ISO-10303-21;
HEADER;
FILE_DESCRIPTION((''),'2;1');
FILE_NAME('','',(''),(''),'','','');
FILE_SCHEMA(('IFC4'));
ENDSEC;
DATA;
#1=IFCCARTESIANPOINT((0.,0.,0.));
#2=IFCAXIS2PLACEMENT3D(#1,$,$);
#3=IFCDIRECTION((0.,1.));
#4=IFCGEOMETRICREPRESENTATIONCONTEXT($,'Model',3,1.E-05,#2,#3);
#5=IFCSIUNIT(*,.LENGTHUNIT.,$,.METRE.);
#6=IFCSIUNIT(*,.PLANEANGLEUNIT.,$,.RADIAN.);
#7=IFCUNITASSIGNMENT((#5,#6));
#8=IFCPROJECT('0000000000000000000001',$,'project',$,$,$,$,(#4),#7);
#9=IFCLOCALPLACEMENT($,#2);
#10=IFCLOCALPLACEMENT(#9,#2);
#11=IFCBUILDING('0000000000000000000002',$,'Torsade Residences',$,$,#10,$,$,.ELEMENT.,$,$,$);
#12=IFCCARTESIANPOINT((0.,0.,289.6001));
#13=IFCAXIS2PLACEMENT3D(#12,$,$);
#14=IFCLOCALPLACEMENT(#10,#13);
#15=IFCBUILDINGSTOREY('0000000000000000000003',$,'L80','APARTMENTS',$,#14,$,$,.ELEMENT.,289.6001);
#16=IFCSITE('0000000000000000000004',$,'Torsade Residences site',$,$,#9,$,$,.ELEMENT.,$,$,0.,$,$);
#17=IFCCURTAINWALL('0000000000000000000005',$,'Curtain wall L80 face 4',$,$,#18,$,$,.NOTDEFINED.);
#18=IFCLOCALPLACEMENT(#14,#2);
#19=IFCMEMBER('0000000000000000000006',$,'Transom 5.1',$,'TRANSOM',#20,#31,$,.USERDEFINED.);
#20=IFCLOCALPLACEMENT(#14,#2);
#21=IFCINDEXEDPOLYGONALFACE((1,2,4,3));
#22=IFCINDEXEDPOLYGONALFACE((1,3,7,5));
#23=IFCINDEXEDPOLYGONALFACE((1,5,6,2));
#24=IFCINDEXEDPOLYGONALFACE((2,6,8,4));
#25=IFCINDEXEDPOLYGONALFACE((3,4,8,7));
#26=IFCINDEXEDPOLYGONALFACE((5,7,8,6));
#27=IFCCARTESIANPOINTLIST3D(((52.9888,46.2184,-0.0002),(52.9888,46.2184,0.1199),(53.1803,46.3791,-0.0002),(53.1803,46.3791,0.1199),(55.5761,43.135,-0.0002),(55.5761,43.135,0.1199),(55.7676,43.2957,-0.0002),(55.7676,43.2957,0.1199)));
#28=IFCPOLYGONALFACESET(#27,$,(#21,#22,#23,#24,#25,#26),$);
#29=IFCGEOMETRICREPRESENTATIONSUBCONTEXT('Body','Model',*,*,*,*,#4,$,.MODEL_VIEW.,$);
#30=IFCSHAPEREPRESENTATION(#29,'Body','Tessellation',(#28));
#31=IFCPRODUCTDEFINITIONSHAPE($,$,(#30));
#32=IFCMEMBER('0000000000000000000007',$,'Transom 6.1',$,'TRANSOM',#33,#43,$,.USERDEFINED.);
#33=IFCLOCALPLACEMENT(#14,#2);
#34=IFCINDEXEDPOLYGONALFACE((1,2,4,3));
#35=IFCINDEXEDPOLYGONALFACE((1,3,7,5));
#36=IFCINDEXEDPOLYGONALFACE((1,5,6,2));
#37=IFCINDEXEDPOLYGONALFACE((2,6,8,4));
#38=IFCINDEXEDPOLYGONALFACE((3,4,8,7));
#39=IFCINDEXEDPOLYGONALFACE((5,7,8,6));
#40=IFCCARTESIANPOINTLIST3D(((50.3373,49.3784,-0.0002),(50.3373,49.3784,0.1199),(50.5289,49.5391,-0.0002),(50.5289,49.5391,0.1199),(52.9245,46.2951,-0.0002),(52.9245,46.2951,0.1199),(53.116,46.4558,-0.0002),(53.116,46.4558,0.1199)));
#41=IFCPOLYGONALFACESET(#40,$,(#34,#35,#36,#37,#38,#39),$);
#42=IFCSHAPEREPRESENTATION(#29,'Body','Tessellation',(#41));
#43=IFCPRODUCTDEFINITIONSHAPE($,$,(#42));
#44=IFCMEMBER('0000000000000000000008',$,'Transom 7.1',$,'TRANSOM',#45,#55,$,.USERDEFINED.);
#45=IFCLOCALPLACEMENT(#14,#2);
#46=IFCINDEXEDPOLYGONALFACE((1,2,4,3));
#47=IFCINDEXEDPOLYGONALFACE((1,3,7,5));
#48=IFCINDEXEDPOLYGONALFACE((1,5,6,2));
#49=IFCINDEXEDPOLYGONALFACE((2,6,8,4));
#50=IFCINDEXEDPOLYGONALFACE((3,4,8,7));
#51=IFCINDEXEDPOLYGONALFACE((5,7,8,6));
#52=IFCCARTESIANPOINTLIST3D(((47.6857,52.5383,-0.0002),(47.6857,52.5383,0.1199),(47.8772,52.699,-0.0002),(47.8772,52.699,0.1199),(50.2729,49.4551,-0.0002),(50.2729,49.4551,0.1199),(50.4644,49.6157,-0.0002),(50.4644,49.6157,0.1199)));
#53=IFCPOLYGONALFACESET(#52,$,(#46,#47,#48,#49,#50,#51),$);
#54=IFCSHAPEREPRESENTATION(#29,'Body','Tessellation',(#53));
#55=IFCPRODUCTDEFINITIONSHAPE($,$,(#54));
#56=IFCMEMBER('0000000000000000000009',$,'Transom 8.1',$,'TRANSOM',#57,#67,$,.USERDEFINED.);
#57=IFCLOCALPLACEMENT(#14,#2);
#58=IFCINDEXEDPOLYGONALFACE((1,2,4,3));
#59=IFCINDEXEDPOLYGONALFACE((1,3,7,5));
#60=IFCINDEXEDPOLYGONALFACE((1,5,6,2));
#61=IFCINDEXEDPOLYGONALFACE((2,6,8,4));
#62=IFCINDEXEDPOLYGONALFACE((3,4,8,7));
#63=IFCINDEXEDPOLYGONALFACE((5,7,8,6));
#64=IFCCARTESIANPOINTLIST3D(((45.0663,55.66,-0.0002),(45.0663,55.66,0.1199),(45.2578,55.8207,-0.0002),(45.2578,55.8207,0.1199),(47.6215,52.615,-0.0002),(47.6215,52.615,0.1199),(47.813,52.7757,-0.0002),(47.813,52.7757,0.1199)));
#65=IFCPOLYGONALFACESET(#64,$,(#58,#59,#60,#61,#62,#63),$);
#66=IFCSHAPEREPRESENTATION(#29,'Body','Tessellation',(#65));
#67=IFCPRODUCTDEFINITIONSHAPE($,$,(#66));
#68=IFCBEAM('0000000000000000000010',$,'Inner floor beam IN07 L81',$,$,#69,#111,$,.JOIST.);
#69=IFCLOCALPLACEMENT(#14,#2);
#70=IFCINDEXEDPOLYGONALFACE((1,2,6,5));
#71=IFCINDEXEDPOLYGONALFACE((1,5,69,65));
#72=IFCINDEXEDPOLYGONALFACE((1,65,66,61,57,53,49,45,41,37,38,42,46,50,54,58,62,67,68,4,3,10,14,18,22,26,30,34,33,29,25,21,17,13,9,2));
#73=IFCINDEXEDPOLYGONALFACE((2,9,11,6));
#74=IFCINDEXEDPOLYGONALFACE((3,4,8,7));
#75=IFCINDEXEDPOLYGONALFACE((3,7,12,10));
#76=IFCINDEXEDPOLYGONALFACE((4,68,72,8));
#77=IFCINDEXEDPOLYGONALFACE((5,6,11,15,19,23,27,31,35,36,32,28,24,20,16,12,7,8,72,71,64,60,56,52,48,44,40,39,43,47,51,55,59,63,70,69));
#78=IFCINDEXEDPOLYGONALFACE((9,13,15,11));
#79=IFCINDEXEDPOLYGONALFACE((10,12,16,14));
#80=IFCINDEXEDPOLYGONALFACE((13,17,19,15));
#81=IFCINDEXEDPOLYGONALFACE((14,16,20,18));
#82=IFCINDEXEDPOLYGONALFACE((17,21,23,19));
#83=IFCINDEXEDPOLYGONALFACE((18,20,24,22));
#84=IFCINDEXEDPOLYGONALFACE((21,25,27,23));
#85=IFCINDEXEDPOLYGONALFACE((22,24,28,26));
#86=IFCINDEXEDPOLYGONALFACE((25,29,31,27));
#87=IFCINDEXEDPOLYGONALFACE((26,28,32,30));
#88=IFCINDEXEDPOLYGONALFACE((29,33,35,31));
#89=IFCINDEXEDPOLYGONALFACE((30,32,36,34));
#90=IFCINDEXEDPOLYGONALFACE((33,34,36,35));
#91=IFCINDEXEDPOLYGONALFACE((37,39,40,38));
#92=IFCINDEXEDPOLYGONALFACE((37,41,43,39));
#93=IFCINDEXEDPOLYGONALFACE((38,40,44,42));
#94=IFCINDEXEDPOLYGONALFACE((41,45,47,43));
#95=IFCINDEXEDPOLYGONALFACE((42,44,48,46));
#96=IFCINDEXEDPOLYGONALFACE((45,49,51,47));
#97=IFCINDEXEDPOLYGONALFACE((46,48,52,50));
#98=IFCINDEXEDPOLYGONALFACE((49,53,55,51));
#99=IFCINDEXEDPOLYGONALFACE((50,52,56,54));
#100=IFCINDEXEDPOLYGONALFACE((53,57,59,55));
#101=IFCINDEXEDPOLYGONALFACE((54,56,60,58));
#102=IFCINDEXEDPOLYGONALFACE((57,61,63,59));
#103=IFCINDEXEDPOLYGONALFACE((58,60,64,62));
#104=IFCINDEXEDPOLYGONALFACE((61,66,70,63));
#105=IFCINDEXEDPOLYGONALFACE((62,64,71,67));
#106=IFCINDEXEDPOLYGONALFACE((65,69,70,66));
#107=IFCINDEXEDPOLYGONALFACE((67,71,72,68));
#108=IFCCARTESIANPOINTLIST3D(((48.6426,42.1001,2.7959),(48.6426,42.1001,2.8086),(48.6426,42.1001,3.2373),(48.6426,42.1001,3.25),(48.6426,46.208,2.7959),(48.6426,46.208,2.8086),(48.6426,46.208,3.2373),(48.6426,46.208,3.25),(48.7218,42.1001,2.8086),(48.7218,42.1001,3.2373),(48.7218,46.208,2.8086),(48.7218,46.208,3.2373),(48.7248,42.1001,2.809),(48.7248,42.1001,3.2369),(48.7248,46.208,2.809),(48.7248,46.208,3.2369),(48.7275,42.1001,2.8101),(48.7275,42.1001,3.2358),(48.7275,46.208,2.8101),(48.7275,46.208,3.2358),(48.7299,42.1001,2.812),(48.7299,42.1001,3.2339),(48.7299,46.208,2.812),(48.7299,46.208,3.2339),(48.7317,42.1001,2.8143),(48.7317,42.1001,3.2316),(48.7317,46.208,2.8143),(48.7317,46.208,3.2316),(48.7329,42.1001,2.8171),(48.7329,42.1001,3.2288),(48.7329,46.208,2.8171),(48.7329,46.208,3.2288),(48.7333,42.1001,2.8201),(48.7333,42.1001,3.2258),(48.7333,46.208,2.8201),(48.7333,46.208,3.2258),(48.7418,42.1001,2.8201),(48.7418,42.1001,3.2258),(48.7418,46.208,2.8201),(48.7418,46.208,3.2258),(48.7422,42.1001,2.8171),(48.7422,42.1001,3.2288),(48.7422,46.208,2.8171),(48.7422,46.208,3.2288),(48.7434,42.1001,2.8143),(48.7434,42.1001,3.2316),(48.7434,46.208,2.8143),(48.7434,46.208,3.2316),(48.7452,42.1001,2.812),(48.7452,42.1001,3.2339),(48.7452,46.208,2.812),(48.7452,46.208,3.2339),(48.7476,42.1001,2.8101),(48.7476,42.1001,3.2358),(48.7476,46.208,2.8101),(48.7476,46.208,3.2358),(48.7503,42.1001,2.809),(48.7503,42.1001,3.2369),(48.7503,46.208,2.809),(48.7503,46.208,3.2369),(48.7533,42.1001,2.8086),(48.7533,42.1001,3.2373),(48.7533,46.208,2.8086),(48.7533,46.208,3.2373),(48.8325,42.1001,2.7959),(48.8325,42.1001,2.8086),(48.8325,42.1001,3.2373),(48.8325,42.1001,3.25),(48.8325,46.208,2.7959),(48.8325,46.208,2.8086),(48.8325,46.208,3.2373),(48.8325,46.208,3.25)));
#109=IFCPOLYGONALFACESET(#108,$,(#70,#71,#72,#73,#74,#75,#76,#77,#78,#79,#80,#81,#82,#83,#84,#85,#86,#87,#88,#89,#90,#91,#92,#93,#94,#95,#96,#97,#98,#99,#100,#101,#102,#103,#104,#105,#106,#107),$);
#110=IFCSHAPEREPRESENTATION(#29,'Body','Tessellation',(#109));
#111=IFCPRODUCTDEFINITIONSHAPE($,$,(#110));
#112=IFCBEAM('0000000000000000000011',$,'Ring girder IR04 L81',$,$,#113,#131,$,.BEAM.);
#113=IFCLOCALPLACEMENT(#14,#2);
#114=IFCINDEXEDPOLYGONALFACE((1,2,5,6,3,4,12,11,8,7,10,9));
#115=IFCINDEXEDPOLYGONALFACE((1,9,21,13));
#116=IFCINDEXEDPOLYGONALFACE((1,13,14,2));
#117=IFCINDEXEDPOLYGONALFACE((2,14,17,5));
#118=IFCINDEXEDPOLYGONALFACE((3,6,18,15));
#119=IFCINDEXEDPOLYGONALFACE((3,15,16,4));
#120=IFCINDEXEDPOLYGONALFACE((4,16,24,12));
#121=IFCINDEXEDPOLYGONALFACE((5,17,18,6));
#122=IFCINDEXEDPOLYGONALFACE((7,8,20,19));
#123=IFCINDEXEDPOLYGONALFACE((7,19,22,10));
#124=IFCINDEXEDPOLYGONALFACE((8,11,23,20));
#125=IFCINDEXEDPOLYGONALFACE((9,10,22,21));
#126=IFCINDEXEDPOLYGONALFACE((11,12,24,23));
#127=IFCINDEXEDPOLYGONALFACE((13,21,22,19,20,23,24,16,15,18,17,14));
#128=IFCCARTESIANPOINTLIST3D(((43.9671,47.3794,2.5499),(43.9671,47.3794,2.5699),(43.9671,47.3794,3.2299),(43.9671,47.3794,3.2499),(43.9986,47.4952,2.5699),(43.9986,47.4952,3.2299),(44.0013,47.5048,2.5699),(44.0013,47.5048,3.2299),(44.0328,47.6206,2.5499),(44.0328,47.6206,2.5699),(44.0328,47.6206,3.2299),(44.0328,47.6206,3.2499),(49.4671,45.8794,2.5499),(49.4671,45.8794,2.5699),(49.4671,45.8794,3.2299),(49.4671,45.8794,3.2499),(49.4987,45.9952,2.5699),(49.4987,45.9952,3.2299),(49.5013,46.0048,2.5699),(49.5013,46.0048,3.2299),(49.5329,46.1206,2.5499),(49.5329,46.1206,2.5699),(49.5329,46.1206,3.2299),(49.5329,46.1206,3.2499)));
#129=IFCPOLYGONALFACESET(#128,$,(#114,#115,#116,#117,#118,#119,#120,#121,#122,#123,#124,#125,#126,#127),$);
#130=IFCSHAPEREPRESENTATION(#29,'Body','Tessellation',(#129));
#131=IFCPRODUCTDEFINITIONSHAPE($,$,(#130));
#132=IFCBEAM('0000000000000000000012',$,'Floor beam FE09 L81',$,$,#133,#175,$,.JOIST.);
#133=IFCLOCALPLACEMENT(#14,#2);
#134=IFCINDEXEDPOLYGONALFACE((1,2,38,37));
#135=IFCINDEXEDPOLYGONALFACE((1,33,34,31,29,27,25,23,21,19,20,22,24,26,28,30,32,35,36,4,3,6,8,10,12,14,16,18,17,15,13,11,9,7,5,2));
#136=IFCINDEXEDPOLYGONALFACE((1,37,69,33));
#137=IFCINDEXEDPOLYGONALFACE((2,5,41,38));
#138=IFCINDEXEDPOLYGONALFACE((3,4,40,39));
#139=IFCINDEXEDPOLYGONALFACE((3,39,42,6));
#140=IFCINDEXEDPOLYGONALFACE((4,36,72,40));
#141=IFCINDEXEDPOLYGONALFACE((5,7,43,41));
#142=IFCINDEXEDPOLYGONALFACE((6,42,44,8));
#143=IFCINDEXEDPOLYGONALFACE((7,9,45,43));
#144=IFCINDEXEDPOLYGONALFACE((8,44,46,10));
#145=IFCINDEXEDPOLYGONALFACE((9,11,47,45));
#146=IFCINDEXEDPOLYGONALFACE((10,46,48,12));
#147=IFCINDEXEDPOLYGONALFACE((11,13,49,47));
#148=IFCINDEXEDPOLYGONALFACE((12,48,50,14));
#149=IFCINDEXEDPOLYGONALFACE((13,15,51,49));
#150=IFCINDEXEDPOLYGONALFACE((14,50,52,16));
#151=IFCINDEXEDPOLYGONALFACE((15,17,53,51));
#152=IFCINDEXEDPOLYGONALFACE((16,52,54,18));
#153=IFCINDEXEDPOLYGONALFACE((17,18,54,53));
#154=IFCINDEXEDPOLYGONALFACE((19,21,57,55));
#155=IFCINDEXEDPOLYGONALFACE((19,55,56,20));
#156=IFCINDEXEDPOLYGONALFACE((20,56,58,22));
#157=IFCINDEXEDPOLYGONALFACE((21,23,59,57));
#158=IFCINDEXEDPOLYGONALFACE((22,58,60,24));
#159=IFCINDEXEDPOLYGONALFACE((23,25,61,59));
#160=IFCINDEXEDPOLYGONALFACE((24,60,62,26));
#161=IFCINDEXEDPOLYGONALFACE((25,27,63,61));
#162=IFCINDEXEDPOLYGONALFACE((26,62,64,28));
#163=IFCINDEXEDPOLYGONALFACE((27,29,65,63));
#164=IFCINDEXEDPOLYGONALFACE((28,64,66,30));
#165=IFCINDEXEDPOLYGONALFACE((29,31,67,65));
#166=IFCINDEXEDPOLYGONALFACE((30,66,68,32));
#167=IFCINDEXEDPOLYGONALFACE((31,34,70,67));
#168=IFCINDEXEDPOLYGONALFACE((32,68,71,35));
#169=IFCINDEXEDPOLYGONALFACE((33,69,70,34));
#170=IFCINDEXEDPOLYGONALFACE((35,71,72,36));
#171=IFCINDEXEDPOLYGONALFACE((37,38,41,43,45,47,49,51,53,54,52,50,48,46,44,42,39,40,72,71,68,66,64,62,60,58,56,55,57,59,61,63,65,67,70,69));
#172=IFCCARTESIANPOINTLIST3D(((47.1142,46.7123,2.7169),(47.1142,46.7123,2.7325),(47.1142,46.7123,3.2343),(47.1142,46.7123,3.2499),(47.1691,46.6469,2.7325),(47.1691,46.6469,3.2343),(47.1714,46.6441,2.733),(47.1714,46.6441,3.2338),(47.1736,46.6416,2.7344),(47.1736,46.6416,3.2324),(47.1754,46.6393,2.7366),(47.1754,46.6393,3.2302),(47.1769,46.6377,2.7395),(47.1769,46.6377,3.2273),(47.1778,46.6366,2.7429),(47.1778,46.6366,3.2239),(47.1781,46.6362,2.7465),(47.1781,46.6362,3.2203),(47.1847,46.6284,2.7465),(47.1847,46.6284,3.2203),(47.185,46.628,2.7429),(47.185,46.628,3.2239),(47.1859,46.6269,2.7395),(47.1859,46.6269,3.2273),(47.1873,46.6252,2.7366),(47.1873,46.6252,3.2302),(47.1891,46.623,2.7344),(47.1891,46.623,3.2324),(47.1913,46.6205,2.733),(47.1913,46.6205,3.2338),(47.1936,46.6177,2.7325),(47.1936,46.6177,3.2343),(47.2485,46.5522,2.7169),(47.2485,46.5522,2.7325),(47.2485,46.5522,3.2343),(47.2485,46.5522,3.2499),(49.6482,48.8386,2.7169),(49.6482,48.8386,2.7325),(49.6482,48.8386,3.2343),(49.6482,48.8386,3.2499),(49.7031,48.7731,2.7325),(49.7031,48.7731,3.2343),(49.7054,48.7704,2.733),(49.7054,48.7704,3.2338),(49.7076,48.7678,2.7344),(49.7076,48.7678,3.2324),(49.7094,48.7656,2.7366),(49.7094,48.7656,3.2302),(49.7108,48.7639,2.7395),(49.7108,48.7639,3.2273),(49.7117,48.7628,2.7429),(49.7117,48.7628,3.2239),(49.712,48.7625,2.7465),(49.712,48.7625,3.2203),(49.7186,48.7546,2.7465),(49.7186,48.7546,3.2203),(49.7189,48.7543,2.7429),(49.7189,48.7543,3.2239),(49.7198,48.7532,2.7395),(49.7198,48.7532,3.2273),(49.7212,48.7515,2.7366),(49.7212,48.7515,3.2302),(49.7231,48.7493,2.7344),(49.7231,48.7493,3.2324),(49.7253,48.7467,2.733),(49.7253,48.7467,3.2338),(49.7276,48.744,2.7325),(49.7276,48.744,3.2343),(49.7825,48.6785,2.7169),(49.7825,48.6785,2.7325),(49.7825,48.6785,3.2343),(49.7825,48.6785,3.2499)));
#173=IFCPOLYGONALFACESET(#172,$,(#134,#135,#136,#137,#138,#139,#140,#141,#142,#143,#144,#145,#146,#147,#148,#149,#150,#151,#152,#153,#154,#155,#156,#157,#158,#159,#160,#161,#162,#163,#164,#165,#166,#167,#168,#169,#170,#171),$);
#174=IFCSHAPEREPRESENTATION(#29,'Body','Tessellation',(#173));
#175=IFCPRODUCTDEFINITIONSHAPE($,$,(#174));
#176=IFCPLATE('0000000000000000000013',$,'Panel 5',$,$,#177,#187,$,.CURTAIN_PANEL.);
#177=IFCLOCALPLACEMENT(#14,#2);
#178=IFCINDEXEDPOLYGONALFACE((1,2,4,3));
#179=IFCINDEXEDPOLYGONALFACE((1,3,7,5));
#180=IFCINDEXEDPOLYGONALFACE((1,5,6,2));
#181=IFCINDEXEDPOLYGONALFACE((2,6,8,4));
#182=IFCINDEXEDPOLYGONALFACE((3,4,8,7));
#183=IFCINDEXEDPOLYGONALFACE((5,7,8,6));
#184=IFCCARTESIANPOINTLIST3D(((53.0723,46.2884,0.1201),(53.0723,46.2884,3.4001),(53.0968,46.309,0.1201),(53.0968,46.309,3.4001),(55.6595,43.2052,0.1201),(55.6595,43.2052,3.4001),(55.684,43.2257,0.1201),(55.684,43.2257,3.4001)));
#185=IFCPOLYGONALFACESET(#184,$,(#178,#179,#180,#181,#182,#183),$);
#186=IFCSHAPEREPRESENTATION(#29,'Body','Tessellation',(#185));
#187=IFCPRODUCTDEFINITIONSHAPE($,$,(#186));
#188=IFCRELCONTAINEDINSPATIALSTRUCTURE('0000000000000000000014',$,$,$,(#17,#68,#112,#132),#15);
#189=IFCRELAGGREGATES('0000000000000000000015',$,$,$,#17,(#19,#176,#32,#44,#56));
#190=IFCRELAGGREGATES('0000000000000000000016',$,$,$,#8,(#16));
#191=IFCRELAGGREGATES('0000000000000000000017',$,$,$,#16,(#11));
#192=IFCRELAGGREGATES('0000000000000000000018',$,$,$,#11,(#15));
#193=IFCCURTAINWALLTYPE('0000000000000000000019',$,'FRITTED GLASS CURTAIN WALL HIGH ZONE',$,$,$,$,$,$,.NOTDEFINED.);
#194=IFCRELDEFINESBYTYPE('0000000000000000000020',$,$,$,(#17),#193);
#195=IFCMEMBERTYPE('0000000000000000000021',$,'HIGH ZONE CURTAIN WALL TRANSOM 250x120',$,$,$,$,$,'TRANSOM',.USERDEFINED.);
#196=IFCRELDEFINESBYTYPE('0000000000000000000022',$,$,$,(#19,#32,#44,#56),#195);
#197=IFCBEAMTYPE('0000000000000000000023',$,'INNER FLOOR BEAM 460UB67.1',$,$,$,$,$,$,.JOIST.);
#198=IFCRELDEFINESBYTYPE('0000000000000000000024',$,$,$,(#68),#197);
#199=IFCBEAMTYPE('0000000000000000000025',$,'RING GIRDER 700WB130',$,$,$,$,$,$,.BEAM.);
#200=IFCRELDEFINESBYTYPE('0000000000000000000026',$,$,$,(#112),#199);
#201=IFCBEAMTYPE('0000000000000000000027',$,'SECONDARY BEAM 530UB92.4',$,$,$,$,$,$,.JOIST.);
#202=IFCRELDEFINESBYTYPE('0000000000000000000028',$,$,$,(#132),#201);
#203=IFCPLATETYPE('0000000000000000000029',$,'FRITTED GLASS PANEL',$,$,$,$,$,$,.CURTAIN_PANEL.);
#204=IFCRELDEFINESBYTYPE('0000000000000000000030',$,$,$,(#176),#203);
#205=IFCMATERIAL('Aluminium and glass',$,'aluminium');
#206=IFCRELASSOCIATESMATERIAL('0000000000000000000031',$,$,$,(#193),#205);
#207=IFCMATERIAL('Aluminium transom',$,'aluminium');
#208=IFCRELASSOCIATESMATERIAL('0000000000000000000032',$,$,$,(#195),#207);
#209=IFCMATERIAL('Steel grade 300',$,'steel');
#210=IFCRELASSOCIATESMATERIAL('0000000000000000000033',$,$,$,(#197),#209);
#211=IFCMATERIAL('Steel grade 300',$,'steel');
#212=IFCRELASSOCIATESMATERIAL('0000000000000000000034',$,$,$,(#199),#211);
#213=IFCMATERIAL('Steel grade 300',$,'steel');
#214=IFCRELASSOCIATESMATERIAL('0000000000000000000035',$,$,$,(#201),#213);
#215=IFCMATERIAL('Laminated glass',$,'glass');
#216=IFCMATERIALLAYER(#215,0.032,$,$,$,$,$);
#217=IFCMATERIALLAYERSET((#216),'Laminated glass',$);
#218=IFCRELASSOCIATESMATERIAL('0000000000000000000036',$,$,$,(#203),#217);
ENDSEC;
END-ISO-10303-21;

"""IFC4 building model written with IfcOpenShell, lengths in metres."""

from ifc_helpers import new_model, si_unit, direction, frame, origin, origin_2d, place, context, subcontext, project, spatial, rectangle, i_section, extrude, material, layer, layer_set, material_profile, profile_set, type_object, element, aggregate, save


model = new_model("IFC4")

# Units and contexts
model_context = context("Model", 3, precision=1e-05, world=origin(), true_north=direction((0.0, 1.0)))
body_context = subcontext(model_context, "Body", "Model", "MODEL_VIEW")
ifc_project = project(units=[si_unit("LENGTHUNIT", "METRE"), si_unit("PLANEANGLEUNIT", "RADIAN")], contexts=[model_context])

# Site, building, storey
site_placement = place(None, origin())
site = spatial("IfcSite", under=ifc_project, at=site_placement, Name="Torsade Residences site", CompositionType="ELEMENT", RefElevation=0.0)
building_placement = place(site_placement, origin())
building = spatial("IfcBuilding", under=site, at=building_placement, Name="Torsade Residences", CompositionType="ELEMENT")
storey_placement = place(building_placement, frame((0.0, 0.0, 289.6001)))
storey = spatial("IfcBuildingStorey", under=building, at=storey_placement, Name="L80", Description="APARTMENTS", CompositionType="ELEMENT", Elevation=289.6001)

# Curtain wall, members
ifc_material_1 = material(Name="Aluminium and glass", Category="aluminium")
curtain_wall_type = type_object("IfcCurtainWallType", Name="FRITTED GLASS CURTAIN WALL HIGH ZONE", PredefinedType="NOTDEFINED", material=ifc_material_1)
curtain_wall_placement = place(storey_placement, origin())
curtain_wall = element("IfcCurtainWall", 1, at=curtain_wall_placement, inside=storey, type_object=curtain_wall_type, Name="Curtain wall L80 face 4", PredefinedType="NOTDEFINED")
ifc_material_2 = material(Name="Aluminium transom", Category="aluminium")
ifc_material_profile_1 = material_profile(ifc_material_2, rectangle(XDim=0.25, YDim=0.1201, at=origin_2d()), Name="HIGH ZONE CURTAIN WALL TRANSOM 250x120")
ifc_profile_set_1 = profile_set([ifc_material_profile_1], Name="Aluminium transom")
member_type_1 = type_object("IfcMemberType", Name="HIGH ZONE CURTAIN WALL TRANSOM 250x120", ElementType="TRANSOM", PredefinedType="USERDEFINED", material=ifc_profile_set_1)
member_1_placement = place(storey_placement, frame((55.6719, 43.2153, 0.0598), z_axis=(-0.642794, 0.766039, 0.0), x_axis=(-0.766039, -0.642794, 0.0)))
member_1 = element("IfcMember", 2, at=member_1_placement, type_object=member_type_1, Name="Transom 5.1", ObjectType="TRANSOM", PredefinedType="USERDEFINED", context=body_context, shape_type="SweptSolid", body=[
    extrude(rectangle(XDim=0.25, YDim=0.1201, at=origin_2d()), origin(), (0.0, 0.0, 1.0), 4.0251),
])
member_2_placement = place(storey_placement, frame((53.0203, 46.3755, 0.0598), z_axis=(-0.642788, 0.766044, 0.0), x_axis=(-0.766044, -0.642788, 0.0)))
member_2 = element("IfcMember", 3, at=member_2_placement, type_object=member_type_1, Name="Transom 6.1", ObjectType="TRANSOM", PredefinedType="USERDEFINED", context=body_context, shape_type="SweptSolid", body=[
    extrude(rectangle(XDim=0.25, YDim=0.1201, at=origin_2d()), origin(), (0.0, 0.0, 1.0), 4.0249),
])
member_3_placement = place(storey_placement, frame((50.3687, 49.5354, 0.0598), z_axis=(-0.642788, 0.766044, 0.0), x_axis=(-0.766044, -0.642788, 0.0)))
member_3 = element("IfcMember", 4, at=member_3_placement, type_object=member_type_1, Name="Transom 7.1", ObjectType="TRANSOM", PredefinedType="USERDEFINED", context=body_context, shape_type="SweptSolid", body=[
    extrude(rectangle(XDim=0.25, YDim=0.1201, at=origin_2d()), origin(), (0.0, 0.0, 1.0), 4.0249),
])
member_4_placement = place(storey_placement, frame((47.7173, 52.6953, 0.0598), z_axis=(-0.642815, 0.766022, 0.0), x_axis=(-0.766022, -0.642815, 0.0)))
member_4 = element("IfcMember", 5, at=member_4_placement, type_object=member_type_1, Name="Transom 8.1", ObjectType="TRANSOM", PredefinedType="USERDEFINED", context=body_context, shape_type="SweptSolid", body=[
    extrude(rectangle(XDim=0.25, YDim=0.1201, at=origin_2d()), origin(), (0.0, 0.0, 1.0), 3.9751),
])

# Beams
ifc_material_3 = material(Name="Steel grade 300", Category="steel")
ifc_material_profile_2 = material_profile(ifc_material_3, i_section(OverallWidth=0.1899, OverallDepth=0.4541, WebThickness=0.0085, FlangeThickness=0.0127, FilletRadius=0.0115, at=origin_2d()), Name="460UB67.1")
ifc_profile_set_2 = profile_set([ifc_material_profile_2], Name="Steel grade 300")
beam_type_1 = type_object("IfcBeamType", Name="INNER FLOOR BEAM 460UB67.1", PredefinedType="JOIST", material=ifc_profile_set_2)
beam_1_placement = place(storey_placement, frame((48.7375, 42.1001, 3.0229), z_axis=(0.0, 1.0, 0.0), x_axis=(-1.0, 0.0, 0.0)))
element("IfcBeam", 6, at=beam_1_placement, inside=storey, type_object=beam_type_1, Name="Inner floor beam IN07 L81", PredefinedType="JOIST", context=body_context, shape_type="SweptSolid", body=[
    extrude(i_section(OverallWidth=0.1899, OverallDepth=0.4541, WebThickness=0.0085, FlangeThickness=0.0127, FilletRadius=0.0115, at=origin_2d()), origin(), (0.0, 0.0, 1.0), 4.1079),
])
ifc_material_4 = material(Name="Steel grade 300", Category="steel")
ifc_material_profile_3 = material_profile(ifc_material_4, i_section(OverallWidth=0.25, OverallDepth=0.7, WebThickness=0.01, FlangeThickness=0.02, at=origin_2d()), Name="700WB130")
ifc_profile_set_3 = profile_set([ifc_material_profile_3], Name="Steel grade 300")
beam_type_2 = type_object("IfcBeamType", Name="RING GIRDER 700WB130", PredefinedType="BEAM", material=ifc_profile_set_3)
beam_2_placement = place(storey_placement, frame((49.5, 46.0, 2.8999), z_axis=(-0.964764, 0.263117, 0.0), x_axis=(-0.263117, -0.964764, 0.0)))
element("IfcBeam", 7, at=beam_2_placement, inside=storey, type_object=beam_type_2, Name="Ring girder IR04 L81", PredefinedType="BEAM", context=body_context, shape_type="SweptSolid", body=[
    extrude(i_section(OverallWidth=0.25, OverallDepth=0.7, WebThickness=0.01, FlangeThickness=0.02, at=origin_2d()), origin(), (0.0, 0.0, 1.0), 5.7009),
])
ifc_material_5 = material(Name="Steel grade 300", Category="steel")
ifc_material_profile_4 = material_profile(ifc_material_5, i_section(OverallWidth=0.209, OverallDepth=0.533, WebThickness=0.0103, FlangeThickness=0.0156, FilletRadius=0.0139, at=origin_2d()), Name="530UB92.4")
ifc_profile_set_4 = profile_set([ifc_material_profile_4], Name="Steel grade 300")
beam_type_3 = type_object("IfcBeamType", Name="SECONDARY BEAM 530UB92.4", PredefinedType="JOIST", material=ifc_profile_set_4)
beam_3_placement = place(storey_placement, frame((49.7153, 48.7585, 2.9834), z_axis=(-0.766045, -0.642787, 0.0), x_axis=(0.642787, -0.766045, 0.0)))
element("IfcBeam", 8, at=beam_3_placement, inside=storey, type_object=beam_type_3, Name="Floor beam FE09 L81", PredefinedType="JOIST", context=body_context, shape_type="SweptSolid", body=[
    extrude(i_section(OverallWidth=0.209, OverallDepth=0.533, WebThickness=0.0103, FlangeThickness=0.0156, FilletRadius=0.0139, at=origin_2d()), origin(), (0.0, 0.0, 1.0), 3.3079),
])

# Plate
ifc_material_6 = material(Name="Laminated glass", Category="glass")
ifc_layer_1 = layer(ifc_material_6, 0.032)
ifc_layer_set_1 = layer_set([ifc_layer_1], Name="Laminated glass")
plate_type_1 = type_object("IfcPlateType", Name="FRITTED GLASS PANEL", PredefinedType="CURTAIN_PANEL", material=ifc_layer_set_1)
plate_1_placement = place(storey_placement, frame((54.3782, 44.7571, 0.1201), z_axis=(0.0, 0.0, 1.0), x_axis=(-0.642788, 0.766044, 0.0)))
plate_1 = element("IfcPlate", 9, at=plate_1_placement, type_object=plate_type_1, Name="Panel 5", PredefinedType="CURTAIN_PANEL", context=body_context, shape_type="SweptSolid", body=[
    extrude(rectangle(XDim=4.0249, YDim=0.032, at=origin_2d()), origin(), (0.0, 0.0, 1.0), 3.28),
])
aggregate(curtain_wall, [member_1, plate_1, member_2, member_3, member_4])

save(model, "model.ifc")
